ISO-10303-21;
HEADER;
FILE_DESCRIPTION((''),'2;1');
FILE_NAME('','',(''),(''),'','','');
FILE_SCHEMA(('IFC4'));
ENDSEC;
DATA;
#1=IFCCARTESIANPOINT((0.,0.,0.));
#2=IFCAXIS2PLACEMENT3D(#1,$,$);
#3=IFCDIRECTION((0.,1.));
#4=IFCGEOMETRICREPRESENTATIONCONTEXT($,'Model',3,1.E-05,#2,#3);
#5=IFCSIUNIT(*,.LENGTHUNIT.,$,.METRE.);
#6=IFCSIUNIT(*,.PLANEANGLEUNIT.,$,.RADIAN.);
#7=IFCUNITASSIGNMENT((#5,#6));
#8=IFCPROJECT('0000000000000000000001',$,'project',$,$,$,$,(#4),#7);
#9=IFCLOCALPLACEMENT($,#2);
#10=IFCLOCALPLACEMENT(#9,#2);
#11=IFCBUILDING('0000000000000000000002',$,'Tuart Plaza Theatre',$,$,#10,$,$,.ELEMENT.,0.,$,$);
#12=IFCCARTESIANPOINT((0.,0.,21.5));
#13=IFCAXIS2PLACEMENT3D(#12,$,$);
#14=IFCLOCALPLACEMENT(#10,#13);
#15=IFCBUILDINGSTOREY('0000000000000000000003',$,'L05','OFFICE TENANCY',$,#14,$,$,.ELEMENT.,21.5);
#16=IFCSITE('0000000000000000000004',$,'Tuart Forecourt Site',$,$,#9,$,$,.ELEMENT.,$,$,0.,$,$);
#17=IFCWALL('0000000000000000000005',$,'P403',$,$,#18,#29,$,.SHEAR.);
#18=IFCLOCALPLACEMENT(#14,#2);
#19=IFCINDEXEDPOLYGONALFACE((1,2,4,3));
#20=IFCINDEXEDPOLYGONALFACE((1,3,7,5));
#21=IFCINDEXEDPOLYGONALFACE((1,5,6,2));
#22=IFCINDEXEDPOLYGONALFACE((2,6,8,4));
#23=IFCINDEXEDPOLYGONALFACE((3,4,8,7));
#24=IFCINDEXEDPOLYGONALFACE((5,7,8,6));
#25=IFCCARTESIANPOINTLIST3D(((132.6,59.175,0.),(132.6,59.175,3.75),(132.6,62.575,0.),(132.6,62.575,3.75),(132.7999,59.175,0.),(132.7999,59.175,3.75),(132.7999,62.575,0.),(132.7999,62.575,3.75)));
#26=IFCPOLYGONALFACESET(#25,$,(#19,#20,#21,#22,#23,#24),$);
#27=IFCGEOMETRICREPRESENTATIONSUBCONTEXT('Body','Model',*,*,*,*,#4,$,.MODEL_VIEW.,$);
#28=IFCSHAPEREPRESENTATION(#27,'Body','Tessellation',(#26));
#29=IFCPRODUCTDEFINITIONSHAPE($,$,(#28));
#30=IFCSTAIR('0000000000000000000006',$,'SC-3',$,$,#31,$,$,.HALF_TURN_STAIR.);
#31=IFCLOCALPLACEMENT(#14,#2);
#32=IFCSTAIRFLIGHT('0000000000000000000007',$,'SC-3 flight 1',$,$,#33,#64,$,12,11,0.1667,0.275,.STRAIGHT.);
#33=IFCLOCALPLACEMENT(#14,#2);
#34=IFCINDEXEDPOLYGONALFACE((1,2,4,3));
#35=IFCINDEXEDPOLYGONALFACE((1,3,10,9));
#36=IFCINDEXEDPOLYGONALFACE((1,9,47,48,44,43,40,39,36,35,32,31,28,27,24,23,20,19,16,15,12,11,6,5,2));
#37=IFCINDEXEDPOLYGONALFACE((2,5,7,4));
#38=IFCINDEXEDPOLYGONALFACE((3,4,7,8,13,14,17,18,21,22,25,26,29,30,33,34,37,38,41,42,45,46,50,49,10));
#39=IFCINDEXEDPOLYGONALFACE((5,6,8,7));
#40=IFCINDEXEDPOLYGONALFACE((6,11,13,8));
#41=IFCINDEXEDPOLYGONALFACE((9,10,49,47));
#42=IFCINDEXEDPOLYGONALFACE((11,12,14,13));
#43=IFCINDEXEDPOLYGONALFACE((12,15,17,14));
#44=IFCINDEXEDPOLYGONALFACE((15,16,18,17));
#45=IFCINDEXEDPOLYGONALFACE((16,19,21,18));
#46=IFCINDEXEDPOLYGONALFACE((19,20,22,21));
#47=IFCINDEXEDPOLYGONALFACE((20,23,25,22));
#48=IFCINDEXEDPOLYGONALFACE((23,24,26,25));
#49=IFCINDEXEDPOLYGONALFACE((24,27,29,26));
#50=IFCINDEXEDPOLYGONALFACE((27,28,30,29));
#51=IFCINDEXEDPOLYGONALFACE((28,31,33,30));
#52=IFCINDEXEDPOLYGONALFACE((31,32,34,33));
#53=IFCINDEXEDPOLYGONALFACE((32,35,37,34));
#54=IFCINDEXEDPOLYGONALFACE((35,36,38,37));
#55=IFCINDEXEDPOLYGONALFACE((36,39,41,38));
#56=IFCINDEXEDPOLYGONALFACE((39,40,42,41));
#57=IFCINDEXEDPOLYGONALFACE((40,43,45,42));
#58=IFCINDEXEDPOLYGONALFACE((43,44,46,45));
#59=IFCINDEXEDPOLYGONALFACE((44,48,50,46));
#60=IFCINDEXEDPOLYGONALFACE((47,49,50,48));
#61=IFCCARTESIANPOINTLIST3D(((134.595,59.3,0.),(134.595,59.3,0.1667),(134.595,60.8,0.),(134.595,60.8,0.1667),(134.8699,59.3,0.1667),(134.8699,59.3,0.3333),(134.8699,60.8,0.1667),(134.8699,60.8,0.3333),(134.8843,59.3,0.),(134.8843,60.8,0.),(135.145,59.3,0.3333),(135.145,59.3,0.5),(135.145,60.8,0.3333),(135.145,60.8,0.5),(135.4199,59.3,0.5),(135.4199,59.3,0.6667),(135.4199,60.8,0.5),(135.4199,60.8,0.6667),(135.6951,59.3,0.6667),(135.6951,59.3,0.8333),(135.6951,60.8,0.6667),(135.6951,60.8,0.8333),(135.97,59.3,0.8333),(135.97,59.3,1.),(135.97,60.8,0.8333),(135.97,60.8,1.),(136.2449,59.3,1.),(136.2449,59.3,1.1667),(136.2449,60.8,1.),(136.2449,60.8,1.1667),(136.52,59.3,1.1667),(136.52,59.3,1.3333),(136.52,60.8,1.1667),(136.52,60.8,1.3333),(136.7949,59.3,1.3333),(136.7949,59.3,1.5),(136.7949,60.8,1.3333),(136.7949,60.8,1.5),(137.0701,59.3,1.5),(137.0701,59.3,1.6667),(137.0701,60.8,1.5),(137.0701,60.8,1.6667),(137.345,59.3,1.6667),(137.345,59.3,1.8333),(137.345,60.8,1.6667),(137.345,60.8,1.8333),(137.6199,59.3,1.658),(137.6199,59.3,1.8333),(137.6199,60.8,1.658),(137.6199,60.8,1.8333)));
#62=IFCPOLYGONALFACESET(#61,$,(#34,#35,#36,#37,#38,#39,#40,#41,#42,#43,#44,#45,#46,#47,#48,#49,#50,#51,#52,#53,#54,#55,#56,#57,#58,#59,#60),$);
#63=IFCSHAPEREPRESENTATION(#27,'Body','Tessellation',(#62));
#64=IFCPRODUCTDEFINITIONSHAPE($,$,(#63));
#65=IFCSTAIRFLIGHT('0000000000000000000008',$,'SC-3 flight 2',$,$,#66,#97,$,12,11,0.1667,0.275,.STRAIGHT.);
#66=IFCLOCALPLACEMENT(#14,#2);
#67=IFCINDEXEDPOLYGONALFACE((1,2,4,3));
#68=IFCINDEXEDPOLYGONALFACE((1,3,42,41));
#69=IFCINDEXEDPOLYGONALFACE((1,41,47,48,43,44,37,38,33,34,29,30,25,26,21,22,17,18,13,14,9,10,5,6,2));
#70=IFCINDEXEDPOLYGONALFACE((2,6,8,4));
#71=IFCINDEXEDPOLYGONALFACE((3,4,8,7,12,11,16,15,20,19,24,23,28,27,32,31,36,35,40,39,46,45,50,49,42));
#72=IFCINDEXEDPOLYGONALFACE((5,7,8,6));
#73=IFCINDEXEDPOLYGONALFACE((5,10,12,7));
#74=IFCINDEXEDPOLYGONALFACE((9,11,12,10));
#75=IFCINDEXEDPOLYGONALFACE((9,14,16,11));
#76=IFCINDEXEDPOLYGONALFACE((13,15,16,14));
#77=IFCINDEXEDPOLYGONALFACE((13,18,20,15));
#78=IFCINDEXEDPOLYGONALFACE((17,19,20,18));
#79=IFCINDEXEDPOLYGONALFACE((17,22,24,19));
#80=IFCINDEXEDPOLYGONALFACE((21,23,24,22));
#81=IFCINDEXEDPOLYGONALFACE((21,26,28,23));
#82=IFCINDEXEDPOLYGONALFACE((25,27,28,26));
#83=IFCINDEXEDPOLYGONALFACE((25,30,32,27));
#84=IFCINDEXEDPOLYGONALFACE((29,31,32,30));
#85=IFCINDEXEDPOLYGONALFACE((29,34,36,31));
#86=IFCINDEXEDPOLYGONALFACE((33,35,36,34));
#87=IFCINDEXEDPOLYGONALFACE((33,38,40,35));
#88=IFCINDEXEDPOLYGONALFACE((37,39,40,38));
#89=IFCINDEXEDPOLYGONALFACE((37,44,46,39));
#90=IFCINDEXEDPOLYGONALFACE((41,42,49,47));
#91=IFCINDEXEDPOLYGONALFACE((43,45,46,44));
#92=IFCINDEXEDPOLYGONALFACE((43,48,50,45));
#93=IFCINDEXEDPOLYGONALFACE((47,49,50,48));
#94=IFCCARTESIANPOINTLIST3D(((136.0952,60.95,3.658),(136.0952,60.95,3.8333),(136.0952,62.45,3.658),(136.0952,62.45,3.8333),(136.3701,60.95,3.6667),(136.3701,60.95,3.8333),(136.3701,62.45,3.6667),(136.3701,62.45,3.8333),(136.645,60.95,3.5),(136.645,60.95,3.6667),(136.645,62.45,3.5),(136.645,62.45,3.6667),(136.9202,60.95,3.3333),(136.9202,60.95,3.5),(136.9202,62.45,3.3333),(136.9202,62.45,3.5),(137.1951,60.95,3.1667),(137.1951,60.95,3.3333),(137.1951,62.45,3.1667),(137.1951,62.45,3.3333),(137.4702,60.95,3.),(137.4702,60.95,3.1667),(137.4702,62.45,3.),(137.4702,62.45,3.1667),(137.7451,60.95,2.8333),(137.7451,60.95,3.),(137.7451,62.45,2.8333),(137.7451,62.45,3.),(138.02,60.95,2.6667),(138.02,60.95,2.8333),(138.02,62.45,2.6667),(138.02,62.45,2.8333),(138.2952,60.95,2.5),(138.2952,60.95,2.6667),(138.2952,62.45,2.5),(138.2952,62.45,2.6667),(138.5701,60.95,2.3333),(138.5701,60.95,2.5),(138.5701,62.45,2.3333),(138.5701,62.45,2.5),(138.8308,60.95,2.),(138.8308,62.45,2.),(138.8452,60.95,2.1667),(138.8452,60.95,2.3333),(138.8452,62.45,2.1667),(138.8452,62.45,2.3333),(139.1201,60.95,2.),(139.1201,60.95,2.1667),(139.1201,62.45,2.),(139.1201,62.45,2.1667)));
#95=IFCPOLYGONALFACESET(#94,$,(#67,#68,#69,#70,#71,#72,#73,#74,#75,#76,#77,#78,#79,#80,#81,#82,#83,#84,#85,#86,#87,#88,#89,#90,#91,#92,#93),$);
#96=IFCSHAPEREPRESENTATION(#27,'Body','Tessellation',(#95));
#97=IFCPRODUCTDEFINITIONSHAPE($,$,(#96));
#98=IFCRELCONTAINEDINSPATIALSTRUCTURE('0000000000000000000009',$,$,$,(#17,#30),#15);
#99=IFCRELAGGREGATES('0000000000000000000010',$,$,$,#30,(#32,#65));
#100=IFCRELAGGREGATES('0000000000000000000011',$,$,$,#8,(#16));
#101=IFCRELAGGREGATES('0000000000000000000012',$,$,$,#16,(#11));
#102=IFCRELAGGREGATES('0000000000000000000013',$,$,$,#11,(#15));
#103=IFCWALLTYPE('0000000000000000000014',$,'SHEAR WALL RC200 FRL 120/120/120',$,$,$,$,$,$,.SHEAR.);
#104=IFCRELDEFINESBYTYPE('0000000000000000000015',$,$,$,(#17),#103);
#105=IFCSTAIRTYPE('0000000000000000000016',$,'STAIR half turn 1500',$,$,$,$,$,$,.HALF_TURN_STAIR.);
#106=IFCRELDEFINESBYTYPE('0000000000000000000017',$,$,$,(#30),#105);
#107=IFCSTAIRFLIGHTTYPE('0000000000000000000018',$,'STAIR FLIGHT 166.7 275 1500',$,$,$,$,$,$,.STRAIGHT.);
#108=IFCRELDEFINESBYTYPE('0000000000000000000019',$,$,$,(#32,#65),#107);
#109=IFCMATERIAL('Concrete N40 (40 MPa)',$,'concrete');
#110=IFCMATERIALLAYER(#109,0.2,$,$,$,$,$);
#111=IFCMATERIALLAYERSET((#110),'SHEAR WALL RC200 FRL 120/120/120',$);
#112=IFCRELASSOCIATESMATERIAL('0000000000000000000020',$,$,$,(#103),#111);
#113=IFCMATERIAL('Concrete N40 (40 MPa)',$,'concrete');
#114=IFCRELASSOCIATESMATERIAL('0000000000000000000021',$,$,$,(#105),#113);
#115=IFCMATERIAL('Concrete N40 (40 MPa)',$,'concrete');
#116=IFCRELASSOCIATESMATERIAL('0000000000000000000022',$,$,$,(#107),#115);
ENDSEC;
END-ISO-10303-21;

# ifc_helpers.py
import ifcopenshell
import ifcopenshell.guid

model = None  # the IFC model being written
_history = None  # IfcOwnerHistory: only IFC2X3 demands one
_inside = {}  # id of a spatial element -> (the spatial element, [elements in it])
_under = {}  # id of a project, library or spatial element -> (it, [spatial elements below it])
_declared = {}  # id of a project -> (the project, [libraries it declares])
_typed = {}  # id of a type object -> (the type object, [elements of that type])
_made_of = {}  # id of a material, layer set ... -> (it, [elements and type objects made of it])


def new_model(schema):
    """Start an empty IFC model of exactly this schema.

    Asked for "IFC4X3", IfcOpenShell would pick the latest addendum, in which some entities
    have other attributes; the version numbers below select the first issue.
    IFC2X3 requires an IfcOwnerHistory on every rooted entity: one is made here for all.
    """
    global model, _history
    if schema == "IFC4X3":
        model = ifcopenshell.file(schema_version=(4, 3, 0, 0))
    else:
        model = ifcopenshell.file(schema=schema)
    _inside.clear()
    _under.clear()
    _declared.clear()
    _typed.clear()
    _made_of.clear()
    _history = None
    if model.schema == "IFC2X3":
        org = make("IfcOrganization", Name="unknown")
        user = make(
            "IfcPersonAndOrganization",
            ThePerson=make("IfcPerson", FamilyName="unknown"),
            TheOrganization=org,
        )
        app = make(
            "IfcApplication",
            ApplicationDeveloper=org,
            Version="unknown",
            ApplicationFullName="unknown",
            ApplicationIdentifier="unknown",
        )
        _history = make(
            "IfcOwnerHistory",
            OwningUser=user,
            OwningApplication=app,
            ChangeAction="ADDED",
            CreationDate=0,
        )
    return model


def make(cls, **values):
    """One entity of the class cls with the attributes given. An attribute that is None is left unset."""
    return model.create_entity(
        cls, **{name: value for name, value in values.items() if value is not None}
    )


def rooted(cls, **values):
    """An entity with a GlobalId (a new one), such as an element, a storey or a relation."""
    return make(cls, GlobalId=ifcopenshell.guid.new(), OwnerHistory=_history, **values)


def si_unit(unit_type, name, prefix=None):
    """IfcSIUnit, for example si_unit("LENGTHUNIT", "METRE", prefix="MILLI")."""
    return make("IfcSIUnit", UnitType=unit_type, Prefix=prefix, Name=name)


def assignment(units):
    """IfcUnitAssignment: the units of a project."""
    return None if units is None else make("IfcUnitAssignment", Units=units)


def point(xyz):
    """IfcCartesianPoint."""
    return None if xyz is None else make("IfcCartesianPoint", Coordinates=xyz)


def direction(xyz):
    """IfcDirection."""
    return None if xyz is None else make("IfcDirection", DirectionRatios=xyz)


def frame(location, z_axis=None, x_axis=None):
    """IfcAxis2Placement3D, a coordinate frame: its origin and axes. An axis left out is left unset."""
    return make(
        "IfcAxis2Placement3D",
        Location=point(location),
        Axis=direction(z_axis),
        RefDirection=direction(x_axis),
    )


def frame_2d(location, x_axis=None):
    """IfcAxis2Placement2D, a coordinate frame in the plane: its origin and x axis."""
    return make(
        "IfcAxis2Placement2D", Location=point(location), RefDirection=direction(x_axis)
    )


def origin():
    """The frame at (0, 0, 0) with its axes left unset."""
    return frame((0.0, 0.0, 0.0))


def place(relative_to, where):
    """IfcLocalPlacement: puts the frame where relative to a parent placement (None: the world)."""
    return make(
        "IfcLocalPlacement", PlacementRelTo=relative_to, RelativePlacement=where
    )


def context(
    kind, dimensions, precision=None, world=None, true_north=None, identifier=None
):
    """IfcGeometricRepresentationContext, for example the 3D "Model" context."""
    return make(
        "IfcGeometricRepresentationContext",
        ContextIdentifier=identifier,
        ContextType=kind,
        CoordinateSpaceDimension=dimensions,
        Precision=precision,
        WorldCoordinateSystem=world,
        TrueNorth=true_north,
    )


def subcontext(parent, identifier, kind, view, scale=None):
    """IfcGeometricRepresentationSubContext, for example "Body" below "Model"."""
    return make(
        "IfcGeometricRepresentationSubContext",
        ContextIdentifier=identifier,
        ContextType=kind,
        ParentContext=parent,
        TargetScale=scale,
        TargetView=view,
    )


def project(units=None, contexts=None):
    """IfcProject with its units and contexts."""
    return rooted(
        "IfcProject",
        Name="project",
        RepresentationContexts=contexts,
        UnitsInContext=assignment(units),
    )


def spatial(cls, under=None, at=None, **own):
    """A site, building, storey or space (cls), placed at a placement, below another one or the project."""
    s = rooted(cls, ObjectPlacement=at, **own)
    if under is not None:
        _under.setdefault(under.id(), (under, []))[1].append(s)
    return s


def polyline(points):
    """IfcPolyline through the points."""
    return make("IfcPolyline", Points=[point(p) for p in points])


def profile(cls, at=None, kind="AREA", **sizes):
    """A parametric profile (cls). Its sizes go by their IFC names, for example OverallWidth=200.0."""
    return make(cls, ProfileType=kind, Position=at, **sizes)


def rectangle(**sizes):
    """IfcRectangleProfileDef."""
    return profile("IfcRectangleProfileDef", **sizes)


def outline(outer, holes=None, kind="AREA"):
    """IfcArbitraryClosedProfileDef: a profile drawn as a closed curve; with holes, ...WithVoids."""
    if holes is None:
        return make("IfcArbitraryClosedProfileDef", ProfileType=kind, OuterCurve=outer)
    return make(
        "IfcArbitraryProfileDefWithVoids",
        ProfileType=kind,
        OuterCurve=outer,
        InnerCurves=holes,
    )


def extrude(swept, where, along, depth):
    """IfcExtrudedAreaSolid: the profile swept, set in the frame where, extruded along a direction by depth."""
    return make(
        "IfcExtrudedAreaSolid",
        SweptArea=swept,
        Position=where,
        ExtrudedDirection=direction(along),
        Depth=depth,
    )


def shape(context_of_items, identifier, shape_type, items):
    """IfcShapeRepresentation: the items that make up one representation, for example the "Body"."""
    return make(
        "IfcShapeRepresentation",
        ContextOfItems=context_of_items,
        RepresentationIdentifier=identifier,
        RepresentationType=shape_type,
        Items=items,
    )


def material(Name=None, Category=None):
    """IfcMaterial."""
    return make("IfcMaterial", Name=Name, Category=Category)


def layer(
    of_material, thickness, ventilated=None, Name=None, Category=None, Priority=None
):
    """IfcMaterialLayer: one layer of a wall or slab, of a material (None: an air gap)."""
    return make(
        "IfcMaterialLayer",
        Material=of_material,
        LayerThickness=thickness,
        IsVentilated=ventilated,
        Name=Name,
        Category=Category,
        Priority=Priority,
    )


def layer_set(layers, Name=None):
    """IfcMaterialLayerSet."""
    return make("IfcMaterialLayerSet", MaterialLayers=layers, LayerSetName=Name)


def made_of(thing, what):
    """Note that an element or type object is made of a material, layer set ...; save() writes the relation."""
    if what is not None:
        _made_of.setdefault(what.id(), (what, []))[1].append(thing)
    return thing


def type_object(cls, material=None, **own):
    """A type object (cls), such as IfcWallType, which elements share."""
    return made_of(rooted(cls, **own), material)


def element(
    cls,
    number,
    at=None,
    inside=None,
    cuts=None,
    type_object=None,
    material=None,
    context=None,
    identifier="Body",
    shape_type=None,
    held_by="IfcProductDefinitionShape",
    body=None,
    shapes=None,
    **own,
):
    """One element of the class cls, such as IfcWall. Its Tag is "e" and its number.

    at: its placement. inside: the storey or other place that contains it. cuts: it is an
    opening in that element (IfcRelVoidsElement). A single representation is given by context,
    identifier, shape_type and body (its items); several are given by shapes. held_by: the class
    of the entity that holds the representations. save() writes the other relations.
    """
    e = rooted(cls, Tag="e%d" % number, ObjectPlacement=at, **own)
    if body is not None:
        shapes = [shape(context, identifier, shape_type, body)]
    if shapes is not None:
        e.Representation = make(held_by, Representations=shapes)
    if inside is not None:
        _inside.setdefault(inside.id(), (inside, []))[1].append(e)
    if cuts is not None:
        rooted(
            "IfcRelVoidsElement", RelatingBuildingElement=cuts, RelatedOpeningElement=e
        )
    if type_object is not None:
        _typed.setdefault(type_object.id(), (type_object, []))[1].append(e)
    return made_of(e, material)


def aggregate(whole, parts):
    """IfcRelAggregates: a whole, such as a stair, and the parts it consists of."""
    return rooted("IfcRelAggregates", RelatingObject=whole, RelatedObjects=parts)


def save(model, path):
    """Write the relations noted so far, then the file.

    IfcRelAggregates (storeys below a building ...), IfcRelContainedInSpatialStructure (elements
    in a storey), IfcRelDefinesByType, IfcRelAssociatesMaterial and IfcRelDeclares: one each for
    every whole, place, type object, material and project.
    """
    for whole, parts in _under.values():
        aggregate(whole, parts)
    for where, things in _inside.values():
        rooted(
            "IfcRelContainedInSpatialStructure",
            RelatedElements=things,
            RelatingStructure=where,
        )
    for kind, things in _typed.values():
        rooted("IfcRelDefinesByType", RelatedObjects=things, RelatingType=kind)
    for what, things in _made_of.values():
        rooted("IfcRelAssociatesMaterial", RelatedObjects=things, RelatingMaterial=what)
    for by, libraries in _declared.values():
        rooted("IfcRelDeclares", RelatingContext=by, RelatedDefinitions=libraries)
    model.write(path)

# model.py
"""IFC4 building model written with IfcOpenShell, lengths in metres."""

from ifc_helpers import new_model, si_unit, direction, frame, frame_2d, origin, place, context, subcontext, project, spatial, polyline, rectangle, outline, extrude, material, layer, layer_set, type_object, element, aggregate, save


model = new_model("IFC4")

# Units and contexts
model_context = context("Model", 3, precision=1e-05, world=origin(), true_north=direction((0.0, 1.0)))
body_context = subcontext(model_context, "Body", "Model", "MODEL_VIEW")
ifc_project = project(units=[si_unit("LENGTHUNIT", "METRE"), si_unit("PLANEANGLEUNIT", "RADIAN")], contexts=[model_context])

# Site, building, storey
site_placement = place(None, origin())
site = spatial("IfcSite", under=ifc_project, at=site_placement, Name="Tuart Forecourt Site", CompositionType="ELEMENT", RefElevation=0.0)
building_placement = place(site_placement, origin())
building = spatial("IfcBuilding", under=site, at=building_placement, Name="Tuart Plaza Theatre", CompositionType="ELEMENT", ElevationOfRefHeight=0.0)
storey_placement = place(building_placement, frame((0.0, 0.0, 21.5)))
storey = spatial("IfcBuildingStorey", under=building, at=storey_placement, Name="L05", Description="OFFICE TENANCY", CompositionType="ELEMENT", Elevation=21.5)

# Wall
ifc_material_1 = material(Name="Concrete N40 (40 MPa)", Category="concrete")
ifc_layer_1 = layer(ifc_material_1, 0.2)
ifc_layer_set_1 = layer_set([ifc_layer_1], Name="SHEAR WALL RC200 FRL 120/120/120")
wall_type_1 = type_object("IfcWallType", Name="SHEAR WALL RC200 FRL 120/120/120", PredefinedType="SHEAR", material=ifc_layer_set_1)
wall_1_placement = place(storey_placement, frame((132.7, 62.575, 0.0), z_axis=(0.0, 0.0, 1.0), x_axis=(0.0, -1.0, 0.0)))
element("IfcWall", 1, at=wall_1_placement, inside=storey, type_object=wall_type_1, Name="P403", PredefinedType="SHEAR", context=body_context, shape_type="SweptSolid", body=[
    extrude(rectangle(XDim=3.3999, YDim=0.2, at=frame_2d((1.7, 0.0))), origin(), (0.0, 0.0, 1.0), 3.75),
])

# Stair, stair flights
ifc_material_2 = material(Name="Concrete N40 (40 MPa)", Category="concrete")
stair_type = type_object("IfcStairType", Name="STAIR half turn 1500", PredefinedType="HALF_TURN_STAIR", material=ifc_material_2)
stair_placement = place(storey_placement, origin())
stair = element("IfcStair", 2, at=stair_placement, inside=storey, type_object=stair_type, Name="SC-3", PredefinedType="HALF_TURN_STAIR")
ifc_material_3 = material(Name="Concrete N40 (40 MPa)", Category="concrete")
stair_flight_type = type_object("IfcStairFlightType", Name="STAIR FLIGHT 166.7 275 1500", PredefinedType="STRAIGHT", material=ifc_material_3)
stair_flight_1_placement = place(storey_placement, frame((134.595, 60.05, 0.0), z_axis=(0.0, 0.0, 1.0), x_axis=(1.0, 0.0, 0.0)))
stair_flight_1 = element("IfcStairFlight", 3, at=stair_flight_1_placement, type_object=stair_flight_type, Name="SC-3 flight 1", NumberOfRisers=12, NumberOfTreads=11, PredefinedType="STRAIGHT", RiserHeight=0.1667, TreadLength=0.275, context=body_context, shape_type="SweptSolid", body=[
    extrude(outline(polyline([(0.0, 0.0), (0.0, 0.1667), (0.2749, 0.1667), (0.2749, 0.3333), (0.55, 0.3333), (0.55, 0.5), (0.825, 0.5), (0.825, 0.6667), (1.1001, 0.6667), (1.1001, 0.8333), (1.375, 0.8333), (1.375, 1.0), (1.6499, 1.0), (1.6499, 1.1667), (1.925, 1.1667), (1.925, 1.3333), (2.2, 1.3333), (2.2, 1.5), (2.4751, 1.5), (2.4751, 1.6667), (2.75, 1.6667), (2.75, 1.8333), (3.0249, 1.8333), (3.0249, 2.0), (3.0249, 1.658), (0.2893, 0.0), (0.0, 0.0)])), frame((0.0, 0.75, 0.0), z_axis=(0.0, -1.0, 0.0), x_axis=(1.0, 0.0, 0.0)), (0.0, 0.0, 1.0), 1.5),
])
stair_flight_2_placement = place(storey_placement, frame((139.1201, 61.7, 2.0), z_axis=(0.0, 0.0, 1.0), x_axis=(-1.0, 0.0, 0.0)))
stair_flight_2 = element("IfcStairFlight", 4, at=stair_flight_2_placement, type_object=stair_flight_type, Name="SC-3 flight 2", NumberOfRisers=12, NumberOfTreads=11, PredefinedType="STRAIGHT", RiserHeight=0.1667, TreadLength=0.275, context=body_context, shape_type="SweptSolid", body=[
    extrude(outline(polyline([(0.0, 0.0), (0.0, 0.1667), (0.2749, 0.1667), (0.2749, 0.3333), (0.55, 0.3333), (0.55, 0.5), (0.825, 0.5), (0.825, 0.6667), (1.1001, 0.6667), (1.1001, 0.8333), (1.375, 0.8333), (1.375, 1.0), (1.6499, 1.0), (1.6499, 1.1667), (1.925, 1.1667), (1.925, 1.3333), (2.2, 1.3333), (2.2, 1.5), (2.4751, 1.5), (2.4751, 1.6667), (2.75, 1.6667), (2.75, 1.8333), (3.0249, 1.8333), (3.0249, 2.0), (3.0249, 1.658), (0.2893, 0.0), (0.0, 0.0)])), frame((0.0, 0.75, 0.0), z_axis=(0.0, -1.0, 0.0), x_axis=(1.0, 0.0, 0.0)), (0.0, 0.0, 1.0), 1.5),
])
aggregate(stair, [stair_flight_1, stair_flight_2])

save(model, "model.ifc")
